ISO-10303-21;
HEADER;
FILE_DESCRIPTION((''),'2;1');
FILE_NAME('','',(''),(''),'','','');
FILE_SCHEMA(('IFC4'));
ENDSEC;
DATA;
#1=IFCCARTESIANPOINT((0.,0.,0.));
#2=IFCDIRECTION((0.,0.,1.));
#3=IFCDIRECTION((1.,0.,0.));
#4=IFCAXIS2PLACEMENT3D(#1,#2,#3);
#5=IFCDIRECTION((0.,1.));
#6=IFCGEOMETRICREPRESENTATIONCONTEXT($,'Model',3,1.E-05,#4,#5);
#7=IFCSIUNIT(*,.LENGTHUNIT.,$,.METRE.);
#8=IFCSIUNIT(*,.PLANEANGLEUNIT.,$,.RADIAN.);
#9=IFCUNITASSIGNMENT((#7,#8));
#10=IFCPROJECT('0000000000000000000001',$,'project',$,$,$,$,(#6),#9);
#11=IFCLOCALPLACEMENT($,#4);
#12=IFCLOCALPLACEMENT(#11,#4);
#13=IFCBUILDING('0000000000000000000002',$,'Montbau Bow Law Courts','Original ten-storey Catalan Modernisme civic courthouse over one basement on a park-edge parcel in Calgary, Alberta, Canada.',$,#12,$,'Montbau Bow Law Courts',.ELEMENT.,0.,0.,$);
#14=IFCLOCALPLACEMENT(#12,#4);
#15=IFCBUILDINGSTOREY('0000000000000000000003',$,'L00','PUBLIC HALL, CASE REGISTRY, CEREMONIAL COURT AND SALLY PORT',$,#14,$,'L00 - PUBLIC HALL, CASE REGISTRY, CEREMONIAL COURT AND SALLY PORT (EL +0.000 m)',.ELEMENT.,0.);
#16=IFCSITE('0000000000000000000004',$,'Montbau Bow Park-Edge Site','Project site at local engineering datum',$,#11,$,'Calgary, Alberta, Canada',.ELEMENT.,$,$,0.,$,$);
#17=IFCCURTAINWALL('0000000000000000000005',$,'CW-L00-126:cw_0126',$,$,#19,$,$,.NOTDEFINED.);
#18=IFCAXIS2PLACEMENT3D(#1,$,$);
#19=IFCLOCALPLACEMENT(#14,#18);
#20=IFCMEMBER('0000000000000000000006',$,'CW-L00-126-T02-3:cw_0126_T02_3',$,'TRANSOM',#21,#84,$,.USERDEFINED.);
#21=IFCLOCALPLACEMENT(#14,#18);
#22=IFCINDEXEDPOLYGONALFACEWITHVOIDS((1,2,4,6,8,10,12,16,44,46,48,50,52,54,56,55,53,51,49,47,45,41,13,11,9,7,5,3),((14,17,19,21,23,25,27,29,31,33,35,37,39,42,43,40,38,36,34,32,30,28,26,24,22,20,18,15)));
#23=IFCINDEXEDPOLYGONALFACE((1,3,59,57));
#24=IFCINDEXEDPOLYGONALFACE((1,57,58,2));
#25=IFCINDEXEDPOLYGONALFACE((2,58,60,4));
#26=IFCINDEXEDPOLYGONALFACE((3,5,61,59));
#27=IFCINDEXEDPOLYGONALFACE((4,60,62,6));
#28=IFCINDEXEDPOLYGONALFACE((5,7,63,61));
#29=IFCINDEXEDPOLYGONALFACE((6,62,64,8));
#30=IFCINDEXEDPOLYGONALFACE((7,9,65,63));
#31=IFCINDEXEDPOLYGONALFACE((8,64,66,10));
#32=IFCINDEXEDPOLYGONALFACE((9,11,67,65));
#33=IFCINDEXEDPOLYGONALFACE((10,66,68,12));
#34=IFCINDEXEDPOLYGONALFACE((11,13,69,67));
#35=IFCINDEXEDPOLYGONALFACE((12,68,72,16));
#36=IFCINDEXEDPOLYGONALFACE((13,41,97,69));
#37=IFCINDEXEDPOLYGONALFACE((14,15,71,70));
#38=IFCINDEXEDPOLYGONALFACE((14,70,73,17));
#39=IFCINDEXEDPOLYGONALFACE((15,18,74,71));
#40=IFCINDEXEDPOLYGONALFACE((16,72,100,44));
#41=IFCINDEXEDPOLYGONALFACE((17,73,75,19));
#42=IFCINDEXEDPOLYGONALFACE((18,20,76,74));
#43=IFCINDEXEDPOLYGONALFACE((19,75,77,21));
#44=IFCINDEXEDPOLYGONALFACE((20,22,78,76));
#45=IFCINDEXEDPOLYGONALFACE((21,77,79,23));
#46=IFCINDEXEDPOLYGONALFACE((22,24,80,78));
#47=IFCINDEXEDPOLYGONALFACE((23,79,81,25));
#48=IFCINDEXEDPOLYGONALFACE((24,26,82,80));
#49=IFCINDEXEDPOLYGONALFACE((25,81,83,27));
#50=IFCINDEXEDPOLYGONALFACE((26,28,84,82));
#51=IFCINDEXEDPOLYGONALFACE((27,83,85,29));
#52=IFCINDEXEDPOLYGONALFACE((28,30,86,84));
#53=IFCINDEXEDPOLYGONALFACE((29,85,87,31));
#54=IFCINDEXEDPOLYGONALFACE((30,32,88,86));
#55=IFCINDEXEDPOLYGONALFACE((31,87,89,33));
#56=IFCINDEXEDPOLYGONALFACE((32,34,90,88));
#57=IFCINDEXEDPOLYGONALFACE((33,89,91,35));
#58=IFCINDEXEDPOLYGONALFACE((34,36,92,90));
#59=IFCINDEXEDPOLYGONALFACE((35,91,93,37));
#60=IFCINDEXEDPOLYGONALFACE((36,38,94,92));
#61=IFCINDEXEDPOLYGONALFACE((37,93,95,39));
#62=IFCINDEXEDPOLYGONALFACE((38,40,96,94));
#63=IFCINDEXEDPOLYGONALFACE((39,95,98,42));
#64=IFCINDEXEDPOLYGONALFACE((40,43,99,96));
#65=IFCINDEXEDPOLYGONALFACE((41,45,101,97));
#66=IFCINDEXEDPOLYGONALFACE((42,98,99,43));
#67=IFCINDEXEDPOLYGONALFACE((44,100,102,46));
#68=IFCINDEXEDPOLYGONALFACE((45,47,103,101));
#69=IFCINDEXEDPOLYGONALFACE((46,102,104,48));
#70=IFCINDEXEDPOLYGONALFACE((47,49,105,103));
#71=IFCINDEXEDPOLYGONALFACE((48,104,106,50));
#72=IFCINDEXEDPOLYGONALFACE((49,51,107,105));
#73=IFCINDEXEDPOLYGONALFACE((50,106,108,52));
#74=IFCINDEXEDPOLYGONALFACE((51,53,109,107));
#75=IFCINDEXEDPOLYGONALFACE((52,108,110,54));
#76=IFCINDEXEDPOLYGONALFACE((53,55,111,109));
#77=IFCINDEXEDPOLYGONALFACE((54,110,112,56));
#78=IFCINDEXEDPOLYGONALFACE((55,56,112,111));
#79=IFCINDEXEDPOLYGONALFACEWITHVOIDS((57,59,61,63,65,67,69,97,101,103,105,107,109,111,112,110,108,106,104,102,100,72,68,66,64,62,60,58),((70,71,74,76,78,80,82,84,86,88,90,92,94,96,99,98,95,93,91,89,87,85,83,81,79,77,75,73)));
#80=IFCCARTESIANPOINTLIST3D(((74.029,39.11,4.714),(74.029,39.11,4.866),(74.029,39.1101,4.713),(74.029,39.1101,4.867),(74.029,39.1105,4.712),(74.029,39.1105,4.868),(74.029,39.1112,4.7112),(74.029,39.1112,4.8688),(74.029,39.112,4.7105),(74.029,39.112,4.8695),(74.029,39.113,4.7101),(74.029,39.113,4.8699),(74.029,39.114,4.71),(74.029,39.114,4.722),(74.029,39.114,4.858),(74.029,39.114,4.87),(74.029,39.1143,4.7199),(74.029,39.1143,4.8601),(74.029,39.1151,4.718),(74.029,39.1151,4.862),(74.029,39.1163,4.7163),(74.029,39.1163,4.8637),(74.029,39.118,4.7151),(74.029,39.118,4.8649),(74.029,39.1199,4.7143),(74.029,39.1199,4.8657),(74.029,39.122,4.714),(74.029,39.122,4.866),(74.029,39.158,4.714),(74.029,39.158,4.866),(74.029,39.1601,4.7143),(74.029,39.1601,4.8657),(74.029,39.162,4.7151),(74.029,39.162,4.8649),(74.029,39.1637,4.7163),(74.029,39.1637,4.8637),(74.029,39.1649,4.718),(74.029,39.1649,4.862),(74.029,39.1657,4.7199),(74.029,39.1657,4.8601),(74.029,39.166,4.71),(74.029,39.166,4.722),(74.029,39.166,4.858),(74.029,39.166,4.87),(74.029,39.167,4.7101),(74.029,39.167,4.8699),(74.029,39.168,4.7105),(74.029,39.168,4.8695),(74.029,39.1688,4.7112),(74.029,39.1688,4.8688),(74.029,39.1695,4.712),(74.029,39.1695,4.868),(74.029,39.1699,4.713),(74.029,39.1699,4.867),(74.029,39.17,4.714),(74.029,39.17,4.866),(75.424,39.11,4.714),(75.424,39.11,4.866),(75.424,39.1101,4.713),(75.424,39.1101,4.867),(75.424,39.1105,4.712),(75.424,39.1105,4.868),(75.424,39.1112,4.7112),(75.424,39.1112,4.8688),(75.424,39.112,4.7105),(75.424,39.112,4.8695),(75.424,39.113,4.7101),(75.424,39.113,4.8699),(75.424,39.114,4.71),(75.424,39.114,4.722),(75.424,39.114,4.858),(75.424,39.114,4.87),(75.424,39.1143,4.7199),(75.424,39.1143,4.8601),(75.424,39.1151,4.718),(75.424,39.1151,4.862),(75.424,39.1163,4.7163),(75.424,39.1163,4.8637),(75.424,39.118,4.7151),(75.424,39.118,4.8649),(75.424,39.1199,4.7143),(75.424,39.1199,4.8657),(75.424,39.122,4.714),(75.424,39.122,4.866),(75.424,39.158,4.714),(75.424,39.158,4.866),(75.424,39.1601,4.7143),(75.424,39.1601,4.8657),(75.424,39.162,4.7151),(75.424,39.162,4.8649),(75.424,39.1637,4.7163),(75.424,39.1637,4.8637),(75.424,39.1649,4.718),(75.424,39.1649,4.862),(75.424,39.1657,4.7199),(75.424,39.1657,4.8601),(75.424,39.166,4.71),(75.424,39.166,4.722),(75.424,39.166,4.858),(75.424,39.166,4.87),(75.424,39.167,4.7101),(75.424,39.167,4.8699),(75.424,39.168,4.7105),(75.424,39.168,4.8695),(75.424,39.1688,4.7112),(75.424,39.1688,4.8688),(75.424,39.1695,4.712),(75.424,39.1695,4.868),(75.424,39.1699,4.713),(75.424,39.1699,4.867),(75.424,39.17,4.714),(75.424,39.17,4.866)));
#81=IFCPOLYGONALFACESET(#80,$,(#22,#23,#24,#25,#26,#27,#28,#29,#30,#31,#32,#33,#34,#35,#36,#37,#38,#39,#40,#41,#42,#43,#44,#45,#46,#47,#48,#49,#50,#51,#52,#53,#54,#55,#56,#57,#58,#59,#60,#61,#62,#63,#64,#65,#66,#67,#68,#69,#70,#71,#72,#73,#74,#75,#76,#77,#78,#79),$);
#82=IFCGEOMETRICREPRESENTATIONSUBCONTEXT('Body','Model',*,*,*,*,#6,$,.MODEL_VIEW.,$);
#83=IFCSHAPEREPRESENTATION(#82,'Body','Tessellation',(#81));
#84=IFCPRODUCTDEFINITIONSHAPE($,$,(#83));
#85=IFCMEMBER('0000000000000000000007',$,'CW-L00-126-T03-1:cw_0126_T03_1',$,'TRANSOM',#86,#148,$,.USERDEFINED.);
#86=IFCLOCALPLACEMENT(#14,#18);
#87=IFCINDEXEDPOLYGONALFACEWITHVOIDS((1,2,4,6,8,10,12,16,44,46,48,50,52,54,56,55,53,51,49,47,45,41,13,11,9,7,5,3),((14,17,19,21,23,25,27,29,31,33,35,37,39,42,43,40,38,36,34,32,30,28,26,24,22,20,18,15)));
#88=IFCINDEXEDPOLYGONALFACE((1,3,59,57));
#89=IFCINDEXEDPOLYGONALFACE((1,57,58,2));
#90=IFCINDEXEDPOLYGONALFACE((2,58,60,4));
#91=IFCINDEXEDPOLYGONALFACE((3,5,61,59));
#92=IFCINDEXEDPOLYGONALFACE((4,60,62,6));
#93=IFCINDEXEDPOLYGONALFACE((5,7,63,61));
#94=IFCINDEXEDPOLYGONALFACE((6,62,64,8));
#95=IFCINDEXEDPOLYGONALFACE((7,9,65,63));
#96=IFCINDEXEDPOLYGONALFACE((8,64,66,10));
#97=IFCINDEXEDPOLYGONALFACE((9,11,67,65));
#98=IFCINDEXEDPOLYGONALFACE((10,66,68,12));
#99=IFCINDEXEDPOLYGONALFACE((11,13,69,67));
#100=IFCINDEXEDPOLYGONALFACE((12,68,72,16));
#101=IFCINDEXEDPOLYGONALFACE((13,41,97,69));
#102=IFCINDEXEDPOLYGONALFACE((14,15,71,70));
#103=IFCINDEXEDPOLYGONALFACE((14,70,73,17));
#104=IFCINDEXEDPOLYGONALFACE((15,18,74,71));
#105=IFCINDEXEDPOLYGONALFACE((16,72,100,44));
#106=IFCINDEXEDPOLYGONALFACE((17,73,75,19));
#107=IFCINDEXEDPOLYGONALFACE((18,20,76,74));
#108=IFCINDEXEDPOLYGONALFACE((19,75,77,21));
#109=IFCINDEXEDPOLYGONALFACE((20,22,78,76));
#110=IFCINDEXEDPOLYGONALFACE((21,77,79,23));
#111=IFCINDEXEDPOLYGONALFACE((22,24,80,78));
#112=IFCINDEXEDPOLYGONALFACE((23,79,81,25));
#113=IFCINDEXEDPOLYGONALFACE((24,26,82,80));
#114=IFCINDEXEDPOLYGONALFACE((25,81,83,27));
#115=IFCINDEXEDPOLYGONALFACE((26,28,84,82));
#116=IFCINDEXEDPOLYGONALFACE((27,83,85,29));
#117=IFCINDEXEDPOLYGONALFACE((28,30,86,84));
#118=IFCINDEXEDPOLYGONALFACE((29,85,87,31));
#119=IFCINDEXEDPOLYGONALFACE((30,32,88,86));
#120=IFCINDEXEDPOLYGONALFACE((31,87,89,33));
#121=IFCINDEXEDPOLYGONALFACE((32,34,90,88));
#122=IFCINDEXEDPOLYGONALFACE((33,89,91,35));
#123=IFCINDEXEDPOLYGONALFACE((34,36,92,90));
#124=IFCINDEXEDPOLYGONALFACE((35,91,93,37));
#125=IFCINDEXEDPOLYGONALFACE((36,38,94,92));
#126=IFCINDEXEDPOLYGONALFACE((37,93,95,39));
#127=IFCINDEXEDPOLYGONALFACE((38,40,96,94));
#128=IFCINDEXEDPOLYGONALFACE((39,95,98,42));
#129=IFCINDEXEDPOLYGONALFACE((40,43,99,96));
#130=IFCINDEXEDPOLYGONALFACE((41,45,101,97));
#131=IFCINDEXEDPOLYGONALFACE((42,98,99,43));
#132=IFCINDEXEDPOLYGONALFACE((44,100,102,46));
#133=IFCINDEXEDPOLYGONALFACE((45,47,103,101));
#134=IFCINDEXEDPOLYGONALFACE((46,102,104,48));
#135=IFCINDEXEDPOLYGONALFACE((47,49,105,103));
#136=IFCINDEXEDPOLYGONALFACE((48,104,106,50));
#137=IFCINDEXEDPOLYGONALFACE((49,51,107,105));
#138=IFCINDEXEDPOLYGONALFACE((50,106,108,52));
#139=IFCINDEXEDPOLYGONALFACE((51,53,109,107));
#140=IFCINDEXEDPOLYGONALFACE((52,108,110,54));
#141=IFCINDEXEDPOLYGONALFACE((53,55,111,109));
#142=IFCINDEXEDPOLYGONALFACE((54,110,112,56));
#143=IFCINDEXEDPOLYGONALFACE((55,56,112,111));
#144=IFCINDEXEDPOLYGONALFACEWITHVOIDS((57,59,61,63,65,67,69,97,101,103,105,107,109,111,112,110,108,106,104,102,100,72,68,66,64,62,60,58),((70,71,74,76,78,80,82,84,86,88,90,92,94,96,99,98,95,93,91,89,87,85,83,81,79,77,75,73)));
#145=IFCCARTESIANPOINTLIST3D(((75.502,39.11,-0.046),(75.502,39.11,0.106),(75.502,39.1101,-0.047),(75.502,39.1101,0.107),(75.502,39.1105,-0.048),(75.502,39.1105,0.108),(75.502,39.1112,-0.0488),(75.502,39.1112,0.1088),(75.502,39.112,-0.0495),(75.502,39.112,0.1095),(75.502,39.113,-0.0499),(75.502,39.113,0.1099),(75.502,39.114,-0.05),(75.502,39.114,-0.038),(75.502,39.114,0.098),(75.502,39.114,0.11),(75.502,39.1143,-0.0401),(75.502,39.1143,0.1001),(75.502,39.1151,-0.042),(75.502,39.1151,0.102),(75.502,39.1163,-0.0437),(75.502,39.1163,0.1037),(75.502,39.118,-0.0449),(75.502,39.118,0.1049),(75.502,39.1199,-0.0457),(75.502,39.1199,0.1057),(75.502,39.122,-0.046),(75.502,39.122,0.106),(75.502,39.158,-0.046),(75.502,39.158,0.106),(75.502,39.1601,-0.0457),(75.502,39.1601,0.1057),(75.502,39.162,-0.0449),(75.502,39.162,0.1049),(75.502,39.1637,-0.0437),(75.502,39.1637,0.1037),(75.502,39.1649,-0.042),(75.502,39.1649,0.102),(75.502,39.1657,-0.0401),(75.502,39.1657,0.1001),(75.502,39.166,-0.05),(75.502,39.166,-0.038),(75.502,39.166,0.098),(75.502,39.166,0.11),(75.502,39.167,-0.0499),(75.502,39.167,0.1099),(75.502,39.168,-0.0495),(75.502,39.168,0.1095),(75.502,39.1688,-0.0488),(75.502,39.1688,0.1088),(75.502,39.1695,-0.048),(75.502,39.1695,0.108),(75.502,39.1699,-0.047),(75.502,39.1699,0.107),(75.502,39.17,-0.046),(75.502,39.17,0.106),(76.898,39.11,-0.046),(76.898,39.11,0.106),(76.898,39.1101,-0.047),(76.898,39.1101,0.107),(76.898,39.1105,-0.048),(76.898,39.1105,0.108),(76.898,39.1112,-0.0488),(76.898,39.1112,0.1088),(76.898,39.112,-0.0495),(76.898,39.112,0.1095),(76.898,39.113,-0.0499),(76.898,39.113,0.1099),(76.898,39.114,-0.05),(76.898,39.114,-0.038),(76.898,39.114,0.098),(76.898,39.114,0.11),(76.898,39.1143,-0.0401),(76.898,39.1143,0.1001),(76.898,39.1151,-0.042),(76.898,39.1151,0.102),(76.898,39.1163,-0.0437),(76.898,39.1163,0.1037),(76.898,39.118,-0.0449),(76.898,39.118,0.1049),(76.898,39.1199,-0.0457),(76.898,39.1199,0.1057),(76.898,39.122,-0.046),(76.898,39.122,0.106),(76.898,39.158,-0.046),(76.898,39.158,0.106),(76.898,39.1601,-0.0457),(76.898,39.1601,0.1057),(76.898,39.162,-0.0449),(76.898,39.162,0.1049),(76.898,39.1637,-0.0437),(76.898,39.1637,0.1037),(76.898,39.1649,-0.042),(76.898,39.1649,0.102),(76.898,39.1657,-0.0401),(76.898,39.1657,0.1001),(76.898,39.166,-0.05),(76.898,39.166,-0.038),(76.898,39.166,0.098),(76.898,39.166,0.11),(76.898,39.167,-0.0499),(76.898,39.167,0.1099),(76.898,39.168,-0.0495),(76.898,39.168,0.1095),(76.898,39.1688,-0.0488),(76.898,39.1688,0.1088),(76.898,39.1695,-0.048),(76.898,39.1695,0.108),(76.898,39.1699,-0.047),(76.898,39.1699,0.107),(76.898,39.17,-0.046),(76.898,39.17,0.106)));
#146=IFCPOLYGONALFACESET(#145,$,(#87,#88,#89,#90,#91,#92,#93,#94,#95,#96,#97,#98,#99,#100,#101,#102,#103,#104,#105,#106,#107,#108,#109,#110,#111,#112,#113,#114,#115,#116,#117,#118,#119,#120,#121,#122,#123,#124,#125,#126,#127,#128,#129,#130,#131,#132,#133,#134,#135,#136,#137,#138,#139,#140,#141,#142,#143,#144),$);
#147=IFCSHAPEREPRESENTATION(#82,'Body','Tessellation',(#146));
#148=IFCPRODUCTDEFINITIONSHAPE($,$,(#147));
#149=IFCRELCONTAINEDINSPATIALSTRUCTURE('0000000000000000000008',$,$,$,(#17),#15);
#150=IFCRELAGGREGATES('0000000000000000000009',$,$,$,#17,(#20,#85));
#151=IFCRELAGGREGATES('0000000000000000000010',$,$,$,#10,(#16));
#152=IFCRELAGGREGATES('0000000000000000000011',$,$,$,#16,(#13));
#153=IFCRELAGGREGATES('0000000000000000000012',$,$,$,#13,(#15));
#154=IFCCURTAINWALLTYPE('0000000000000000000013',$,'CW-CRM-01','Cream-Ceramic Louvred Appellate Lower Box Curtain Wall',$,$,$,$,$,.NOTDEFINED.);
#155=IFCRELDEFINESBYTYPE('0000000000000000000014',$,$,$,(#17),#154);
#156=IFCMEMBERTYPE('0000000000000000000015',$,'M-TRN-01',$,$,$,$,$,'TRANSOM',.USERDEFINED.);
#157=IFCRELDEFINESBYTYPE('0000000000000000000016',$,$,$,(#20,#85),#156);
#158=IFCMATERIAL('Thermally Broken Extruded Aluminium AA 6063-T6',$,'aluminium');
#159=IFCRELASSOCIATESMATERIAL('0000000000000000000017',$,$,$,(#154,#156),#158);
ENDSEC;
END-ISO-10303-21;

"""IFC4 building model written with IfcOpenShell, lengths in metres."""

from ifc_helpers import new_model, si_unit, direction, frame, origin_with_axes, origin_2d_with_axis, place, context, subcontext, project, spatial, hollow_rectangle, extrude, material, material_profile, profile_set, type_object, element, aggregate, save


model = new_model("IFC4")

# Units and contexts
model_context = context("Model", 3, precision=1e-05, world=origin_with_axes(), true_north=direction((0.0, 1.0)))
body_context = subcontext(model_context, "Body", "Model", "MODEL_VIEW")
ifc_project = project(units=[si_unit("LENGTHUNIT", "METRE"), si_unit("PLANEANGLEUNIT", "RADIAN")], contexts=[model_context])

# Site, building, storey
site_placement = place(None, origin_with_axes())
site = spatial("IfcSite", under=ifc_project, at=site_placement, Name="Montbau Bow Park-Edge Site", Description="Project site at local engineering datum", LongName="Calgary, Alberta, Canada", CompositionType="ELEMENT", RefElevation=0.0)
building_placement = place(site_placement, origin_with_axes())
building = spatial("IfcBuilding", under=site, at=building_placement, Name="Montbau Bow Law Courts", Description="Original ten-storey Catalan Modernisme civic courthouse over one basement on a park-edge parcel in Calgary, Alberta, Canada.", LongName="Montbau Bow Law Courts", CompositionType="ELEMENT", ElevationOfRefHeight=0.0, ElevationOfTerrain=0.0)
storey_placement = place(building_placement, origin_with_axes())
storey = spatial("IfcBuildingStorey", under=building, at=storey_placement, Name="L00", Description="PUBLIC HALL, CASE REGISTRY, CEREMONIAL COURT AND SALLY PORT", LongName="L00 - PUBLIC HALL, CASE REGISTRY, CEREMONIAL COURT AND SALLY PORT (EL +0.000 m)", CompositionType="ELEMENT", Elevation=0.0)

# Curtain wall, members
ifc_material_1 = material(Name="Thermally Broken Extruded Aluminium AA 6063-T6", Category="aluminium")
curtain_wall_type = type_object("IfcCurtainWallType", Name="CW-CRM-01", Description="Cream-Ceramic Louvred Appellate Lower Box Curtain Wall", PredefinedType="NOTDEFINED", material=ifc_material_1)
curtain_wall_placement = place(None, frame((72.515, 39.14, 0.0), z_axis=(0.0, 0.0, 1.0), x_axis=(1.0, 0.0, 0.0)))
curtain_wall = element("IfcCurtainWall", 1, at=curtain_wall_placement, inside=storey, type_object=curtain_wall_type, Name="CW-L00-126:cw_0126", PredefinedType="NOTDEFINED")
ifc_material_profile_1 = material_profile(ifc_material_1, hollow_rectangle(XDim=0.06, YDim=0.16, WallThickness=0.004, InnerFilletRadius=0.008, OuterFilletRadius=0.004, at=origin_2d_with_axis()), Name="CWT-160X60", Category="Main", Priority=0)
ifc_profile_set_1 = profile_set([ifc_material_profile_1], Name="Thermally Broken Extruded Aluminium AA 6063-T6")
member_type_1 = type_object("IfcMemberType", Name="M-TRN-01", ElementType="TRANSOM", PredefinedType="USERDEFINED", material=ifc_profile_set_1)
member_1_placement = place(None, frame((74.029, 39.14, 4.79), z_axis=(1.0, 0.0, 0.0), x_axis=(0.0, 1.0, 0.0)))
member_1 = element("IfcMember", 2, at=member_1_placement, type_object=member_type_1, Name="CW-L00-126-T02-3:cw_0126_T02_3", ObjectType="TRANSOM", PredefinedType="USERDEFINED", context=body_context, shape_type="SweptSolid", body=[
    extrude(hollow_rectangle(XDim=0.06, YDim=0.16, WallThickness=0.004, InnerFilletRadius=0.008, OuterFilletRadius=0.004, at=origin_2d_with_axis()), origin_with_axes(), (0.0, 0.0, 1.0), 1.395),
])
member_2_placement = place(None, frame((75.502, 39.14, 0.03), z_axis=(1.0, 0.0, 0.0), x_axis=(0.0, 1.0, 0.0)))
member_2 = element("IfcMember", 3, at=member_2_placement, type_object=member_type_1, Name="CW-L00-126-T03-1:cw_0126_T03_1", ObjectType="TRANSOM", PredefinedType="USERDEFINED", context=body_context, shape_type="SweptSolid", body=[
    extrude(hollow_rectangle(XDim=0.06, YDim=0.16, WallThickness=0.004, InnerFilletRadius=0.008, OuterFilletRadius=0.004, at=origin_2d_with_axis()), origin_with_axes(), (0.0, 0.0, 1.0), 1.396),
])
aggregate(curtain_wall, [member_1, member_2])

save(model, "model.ifc")
